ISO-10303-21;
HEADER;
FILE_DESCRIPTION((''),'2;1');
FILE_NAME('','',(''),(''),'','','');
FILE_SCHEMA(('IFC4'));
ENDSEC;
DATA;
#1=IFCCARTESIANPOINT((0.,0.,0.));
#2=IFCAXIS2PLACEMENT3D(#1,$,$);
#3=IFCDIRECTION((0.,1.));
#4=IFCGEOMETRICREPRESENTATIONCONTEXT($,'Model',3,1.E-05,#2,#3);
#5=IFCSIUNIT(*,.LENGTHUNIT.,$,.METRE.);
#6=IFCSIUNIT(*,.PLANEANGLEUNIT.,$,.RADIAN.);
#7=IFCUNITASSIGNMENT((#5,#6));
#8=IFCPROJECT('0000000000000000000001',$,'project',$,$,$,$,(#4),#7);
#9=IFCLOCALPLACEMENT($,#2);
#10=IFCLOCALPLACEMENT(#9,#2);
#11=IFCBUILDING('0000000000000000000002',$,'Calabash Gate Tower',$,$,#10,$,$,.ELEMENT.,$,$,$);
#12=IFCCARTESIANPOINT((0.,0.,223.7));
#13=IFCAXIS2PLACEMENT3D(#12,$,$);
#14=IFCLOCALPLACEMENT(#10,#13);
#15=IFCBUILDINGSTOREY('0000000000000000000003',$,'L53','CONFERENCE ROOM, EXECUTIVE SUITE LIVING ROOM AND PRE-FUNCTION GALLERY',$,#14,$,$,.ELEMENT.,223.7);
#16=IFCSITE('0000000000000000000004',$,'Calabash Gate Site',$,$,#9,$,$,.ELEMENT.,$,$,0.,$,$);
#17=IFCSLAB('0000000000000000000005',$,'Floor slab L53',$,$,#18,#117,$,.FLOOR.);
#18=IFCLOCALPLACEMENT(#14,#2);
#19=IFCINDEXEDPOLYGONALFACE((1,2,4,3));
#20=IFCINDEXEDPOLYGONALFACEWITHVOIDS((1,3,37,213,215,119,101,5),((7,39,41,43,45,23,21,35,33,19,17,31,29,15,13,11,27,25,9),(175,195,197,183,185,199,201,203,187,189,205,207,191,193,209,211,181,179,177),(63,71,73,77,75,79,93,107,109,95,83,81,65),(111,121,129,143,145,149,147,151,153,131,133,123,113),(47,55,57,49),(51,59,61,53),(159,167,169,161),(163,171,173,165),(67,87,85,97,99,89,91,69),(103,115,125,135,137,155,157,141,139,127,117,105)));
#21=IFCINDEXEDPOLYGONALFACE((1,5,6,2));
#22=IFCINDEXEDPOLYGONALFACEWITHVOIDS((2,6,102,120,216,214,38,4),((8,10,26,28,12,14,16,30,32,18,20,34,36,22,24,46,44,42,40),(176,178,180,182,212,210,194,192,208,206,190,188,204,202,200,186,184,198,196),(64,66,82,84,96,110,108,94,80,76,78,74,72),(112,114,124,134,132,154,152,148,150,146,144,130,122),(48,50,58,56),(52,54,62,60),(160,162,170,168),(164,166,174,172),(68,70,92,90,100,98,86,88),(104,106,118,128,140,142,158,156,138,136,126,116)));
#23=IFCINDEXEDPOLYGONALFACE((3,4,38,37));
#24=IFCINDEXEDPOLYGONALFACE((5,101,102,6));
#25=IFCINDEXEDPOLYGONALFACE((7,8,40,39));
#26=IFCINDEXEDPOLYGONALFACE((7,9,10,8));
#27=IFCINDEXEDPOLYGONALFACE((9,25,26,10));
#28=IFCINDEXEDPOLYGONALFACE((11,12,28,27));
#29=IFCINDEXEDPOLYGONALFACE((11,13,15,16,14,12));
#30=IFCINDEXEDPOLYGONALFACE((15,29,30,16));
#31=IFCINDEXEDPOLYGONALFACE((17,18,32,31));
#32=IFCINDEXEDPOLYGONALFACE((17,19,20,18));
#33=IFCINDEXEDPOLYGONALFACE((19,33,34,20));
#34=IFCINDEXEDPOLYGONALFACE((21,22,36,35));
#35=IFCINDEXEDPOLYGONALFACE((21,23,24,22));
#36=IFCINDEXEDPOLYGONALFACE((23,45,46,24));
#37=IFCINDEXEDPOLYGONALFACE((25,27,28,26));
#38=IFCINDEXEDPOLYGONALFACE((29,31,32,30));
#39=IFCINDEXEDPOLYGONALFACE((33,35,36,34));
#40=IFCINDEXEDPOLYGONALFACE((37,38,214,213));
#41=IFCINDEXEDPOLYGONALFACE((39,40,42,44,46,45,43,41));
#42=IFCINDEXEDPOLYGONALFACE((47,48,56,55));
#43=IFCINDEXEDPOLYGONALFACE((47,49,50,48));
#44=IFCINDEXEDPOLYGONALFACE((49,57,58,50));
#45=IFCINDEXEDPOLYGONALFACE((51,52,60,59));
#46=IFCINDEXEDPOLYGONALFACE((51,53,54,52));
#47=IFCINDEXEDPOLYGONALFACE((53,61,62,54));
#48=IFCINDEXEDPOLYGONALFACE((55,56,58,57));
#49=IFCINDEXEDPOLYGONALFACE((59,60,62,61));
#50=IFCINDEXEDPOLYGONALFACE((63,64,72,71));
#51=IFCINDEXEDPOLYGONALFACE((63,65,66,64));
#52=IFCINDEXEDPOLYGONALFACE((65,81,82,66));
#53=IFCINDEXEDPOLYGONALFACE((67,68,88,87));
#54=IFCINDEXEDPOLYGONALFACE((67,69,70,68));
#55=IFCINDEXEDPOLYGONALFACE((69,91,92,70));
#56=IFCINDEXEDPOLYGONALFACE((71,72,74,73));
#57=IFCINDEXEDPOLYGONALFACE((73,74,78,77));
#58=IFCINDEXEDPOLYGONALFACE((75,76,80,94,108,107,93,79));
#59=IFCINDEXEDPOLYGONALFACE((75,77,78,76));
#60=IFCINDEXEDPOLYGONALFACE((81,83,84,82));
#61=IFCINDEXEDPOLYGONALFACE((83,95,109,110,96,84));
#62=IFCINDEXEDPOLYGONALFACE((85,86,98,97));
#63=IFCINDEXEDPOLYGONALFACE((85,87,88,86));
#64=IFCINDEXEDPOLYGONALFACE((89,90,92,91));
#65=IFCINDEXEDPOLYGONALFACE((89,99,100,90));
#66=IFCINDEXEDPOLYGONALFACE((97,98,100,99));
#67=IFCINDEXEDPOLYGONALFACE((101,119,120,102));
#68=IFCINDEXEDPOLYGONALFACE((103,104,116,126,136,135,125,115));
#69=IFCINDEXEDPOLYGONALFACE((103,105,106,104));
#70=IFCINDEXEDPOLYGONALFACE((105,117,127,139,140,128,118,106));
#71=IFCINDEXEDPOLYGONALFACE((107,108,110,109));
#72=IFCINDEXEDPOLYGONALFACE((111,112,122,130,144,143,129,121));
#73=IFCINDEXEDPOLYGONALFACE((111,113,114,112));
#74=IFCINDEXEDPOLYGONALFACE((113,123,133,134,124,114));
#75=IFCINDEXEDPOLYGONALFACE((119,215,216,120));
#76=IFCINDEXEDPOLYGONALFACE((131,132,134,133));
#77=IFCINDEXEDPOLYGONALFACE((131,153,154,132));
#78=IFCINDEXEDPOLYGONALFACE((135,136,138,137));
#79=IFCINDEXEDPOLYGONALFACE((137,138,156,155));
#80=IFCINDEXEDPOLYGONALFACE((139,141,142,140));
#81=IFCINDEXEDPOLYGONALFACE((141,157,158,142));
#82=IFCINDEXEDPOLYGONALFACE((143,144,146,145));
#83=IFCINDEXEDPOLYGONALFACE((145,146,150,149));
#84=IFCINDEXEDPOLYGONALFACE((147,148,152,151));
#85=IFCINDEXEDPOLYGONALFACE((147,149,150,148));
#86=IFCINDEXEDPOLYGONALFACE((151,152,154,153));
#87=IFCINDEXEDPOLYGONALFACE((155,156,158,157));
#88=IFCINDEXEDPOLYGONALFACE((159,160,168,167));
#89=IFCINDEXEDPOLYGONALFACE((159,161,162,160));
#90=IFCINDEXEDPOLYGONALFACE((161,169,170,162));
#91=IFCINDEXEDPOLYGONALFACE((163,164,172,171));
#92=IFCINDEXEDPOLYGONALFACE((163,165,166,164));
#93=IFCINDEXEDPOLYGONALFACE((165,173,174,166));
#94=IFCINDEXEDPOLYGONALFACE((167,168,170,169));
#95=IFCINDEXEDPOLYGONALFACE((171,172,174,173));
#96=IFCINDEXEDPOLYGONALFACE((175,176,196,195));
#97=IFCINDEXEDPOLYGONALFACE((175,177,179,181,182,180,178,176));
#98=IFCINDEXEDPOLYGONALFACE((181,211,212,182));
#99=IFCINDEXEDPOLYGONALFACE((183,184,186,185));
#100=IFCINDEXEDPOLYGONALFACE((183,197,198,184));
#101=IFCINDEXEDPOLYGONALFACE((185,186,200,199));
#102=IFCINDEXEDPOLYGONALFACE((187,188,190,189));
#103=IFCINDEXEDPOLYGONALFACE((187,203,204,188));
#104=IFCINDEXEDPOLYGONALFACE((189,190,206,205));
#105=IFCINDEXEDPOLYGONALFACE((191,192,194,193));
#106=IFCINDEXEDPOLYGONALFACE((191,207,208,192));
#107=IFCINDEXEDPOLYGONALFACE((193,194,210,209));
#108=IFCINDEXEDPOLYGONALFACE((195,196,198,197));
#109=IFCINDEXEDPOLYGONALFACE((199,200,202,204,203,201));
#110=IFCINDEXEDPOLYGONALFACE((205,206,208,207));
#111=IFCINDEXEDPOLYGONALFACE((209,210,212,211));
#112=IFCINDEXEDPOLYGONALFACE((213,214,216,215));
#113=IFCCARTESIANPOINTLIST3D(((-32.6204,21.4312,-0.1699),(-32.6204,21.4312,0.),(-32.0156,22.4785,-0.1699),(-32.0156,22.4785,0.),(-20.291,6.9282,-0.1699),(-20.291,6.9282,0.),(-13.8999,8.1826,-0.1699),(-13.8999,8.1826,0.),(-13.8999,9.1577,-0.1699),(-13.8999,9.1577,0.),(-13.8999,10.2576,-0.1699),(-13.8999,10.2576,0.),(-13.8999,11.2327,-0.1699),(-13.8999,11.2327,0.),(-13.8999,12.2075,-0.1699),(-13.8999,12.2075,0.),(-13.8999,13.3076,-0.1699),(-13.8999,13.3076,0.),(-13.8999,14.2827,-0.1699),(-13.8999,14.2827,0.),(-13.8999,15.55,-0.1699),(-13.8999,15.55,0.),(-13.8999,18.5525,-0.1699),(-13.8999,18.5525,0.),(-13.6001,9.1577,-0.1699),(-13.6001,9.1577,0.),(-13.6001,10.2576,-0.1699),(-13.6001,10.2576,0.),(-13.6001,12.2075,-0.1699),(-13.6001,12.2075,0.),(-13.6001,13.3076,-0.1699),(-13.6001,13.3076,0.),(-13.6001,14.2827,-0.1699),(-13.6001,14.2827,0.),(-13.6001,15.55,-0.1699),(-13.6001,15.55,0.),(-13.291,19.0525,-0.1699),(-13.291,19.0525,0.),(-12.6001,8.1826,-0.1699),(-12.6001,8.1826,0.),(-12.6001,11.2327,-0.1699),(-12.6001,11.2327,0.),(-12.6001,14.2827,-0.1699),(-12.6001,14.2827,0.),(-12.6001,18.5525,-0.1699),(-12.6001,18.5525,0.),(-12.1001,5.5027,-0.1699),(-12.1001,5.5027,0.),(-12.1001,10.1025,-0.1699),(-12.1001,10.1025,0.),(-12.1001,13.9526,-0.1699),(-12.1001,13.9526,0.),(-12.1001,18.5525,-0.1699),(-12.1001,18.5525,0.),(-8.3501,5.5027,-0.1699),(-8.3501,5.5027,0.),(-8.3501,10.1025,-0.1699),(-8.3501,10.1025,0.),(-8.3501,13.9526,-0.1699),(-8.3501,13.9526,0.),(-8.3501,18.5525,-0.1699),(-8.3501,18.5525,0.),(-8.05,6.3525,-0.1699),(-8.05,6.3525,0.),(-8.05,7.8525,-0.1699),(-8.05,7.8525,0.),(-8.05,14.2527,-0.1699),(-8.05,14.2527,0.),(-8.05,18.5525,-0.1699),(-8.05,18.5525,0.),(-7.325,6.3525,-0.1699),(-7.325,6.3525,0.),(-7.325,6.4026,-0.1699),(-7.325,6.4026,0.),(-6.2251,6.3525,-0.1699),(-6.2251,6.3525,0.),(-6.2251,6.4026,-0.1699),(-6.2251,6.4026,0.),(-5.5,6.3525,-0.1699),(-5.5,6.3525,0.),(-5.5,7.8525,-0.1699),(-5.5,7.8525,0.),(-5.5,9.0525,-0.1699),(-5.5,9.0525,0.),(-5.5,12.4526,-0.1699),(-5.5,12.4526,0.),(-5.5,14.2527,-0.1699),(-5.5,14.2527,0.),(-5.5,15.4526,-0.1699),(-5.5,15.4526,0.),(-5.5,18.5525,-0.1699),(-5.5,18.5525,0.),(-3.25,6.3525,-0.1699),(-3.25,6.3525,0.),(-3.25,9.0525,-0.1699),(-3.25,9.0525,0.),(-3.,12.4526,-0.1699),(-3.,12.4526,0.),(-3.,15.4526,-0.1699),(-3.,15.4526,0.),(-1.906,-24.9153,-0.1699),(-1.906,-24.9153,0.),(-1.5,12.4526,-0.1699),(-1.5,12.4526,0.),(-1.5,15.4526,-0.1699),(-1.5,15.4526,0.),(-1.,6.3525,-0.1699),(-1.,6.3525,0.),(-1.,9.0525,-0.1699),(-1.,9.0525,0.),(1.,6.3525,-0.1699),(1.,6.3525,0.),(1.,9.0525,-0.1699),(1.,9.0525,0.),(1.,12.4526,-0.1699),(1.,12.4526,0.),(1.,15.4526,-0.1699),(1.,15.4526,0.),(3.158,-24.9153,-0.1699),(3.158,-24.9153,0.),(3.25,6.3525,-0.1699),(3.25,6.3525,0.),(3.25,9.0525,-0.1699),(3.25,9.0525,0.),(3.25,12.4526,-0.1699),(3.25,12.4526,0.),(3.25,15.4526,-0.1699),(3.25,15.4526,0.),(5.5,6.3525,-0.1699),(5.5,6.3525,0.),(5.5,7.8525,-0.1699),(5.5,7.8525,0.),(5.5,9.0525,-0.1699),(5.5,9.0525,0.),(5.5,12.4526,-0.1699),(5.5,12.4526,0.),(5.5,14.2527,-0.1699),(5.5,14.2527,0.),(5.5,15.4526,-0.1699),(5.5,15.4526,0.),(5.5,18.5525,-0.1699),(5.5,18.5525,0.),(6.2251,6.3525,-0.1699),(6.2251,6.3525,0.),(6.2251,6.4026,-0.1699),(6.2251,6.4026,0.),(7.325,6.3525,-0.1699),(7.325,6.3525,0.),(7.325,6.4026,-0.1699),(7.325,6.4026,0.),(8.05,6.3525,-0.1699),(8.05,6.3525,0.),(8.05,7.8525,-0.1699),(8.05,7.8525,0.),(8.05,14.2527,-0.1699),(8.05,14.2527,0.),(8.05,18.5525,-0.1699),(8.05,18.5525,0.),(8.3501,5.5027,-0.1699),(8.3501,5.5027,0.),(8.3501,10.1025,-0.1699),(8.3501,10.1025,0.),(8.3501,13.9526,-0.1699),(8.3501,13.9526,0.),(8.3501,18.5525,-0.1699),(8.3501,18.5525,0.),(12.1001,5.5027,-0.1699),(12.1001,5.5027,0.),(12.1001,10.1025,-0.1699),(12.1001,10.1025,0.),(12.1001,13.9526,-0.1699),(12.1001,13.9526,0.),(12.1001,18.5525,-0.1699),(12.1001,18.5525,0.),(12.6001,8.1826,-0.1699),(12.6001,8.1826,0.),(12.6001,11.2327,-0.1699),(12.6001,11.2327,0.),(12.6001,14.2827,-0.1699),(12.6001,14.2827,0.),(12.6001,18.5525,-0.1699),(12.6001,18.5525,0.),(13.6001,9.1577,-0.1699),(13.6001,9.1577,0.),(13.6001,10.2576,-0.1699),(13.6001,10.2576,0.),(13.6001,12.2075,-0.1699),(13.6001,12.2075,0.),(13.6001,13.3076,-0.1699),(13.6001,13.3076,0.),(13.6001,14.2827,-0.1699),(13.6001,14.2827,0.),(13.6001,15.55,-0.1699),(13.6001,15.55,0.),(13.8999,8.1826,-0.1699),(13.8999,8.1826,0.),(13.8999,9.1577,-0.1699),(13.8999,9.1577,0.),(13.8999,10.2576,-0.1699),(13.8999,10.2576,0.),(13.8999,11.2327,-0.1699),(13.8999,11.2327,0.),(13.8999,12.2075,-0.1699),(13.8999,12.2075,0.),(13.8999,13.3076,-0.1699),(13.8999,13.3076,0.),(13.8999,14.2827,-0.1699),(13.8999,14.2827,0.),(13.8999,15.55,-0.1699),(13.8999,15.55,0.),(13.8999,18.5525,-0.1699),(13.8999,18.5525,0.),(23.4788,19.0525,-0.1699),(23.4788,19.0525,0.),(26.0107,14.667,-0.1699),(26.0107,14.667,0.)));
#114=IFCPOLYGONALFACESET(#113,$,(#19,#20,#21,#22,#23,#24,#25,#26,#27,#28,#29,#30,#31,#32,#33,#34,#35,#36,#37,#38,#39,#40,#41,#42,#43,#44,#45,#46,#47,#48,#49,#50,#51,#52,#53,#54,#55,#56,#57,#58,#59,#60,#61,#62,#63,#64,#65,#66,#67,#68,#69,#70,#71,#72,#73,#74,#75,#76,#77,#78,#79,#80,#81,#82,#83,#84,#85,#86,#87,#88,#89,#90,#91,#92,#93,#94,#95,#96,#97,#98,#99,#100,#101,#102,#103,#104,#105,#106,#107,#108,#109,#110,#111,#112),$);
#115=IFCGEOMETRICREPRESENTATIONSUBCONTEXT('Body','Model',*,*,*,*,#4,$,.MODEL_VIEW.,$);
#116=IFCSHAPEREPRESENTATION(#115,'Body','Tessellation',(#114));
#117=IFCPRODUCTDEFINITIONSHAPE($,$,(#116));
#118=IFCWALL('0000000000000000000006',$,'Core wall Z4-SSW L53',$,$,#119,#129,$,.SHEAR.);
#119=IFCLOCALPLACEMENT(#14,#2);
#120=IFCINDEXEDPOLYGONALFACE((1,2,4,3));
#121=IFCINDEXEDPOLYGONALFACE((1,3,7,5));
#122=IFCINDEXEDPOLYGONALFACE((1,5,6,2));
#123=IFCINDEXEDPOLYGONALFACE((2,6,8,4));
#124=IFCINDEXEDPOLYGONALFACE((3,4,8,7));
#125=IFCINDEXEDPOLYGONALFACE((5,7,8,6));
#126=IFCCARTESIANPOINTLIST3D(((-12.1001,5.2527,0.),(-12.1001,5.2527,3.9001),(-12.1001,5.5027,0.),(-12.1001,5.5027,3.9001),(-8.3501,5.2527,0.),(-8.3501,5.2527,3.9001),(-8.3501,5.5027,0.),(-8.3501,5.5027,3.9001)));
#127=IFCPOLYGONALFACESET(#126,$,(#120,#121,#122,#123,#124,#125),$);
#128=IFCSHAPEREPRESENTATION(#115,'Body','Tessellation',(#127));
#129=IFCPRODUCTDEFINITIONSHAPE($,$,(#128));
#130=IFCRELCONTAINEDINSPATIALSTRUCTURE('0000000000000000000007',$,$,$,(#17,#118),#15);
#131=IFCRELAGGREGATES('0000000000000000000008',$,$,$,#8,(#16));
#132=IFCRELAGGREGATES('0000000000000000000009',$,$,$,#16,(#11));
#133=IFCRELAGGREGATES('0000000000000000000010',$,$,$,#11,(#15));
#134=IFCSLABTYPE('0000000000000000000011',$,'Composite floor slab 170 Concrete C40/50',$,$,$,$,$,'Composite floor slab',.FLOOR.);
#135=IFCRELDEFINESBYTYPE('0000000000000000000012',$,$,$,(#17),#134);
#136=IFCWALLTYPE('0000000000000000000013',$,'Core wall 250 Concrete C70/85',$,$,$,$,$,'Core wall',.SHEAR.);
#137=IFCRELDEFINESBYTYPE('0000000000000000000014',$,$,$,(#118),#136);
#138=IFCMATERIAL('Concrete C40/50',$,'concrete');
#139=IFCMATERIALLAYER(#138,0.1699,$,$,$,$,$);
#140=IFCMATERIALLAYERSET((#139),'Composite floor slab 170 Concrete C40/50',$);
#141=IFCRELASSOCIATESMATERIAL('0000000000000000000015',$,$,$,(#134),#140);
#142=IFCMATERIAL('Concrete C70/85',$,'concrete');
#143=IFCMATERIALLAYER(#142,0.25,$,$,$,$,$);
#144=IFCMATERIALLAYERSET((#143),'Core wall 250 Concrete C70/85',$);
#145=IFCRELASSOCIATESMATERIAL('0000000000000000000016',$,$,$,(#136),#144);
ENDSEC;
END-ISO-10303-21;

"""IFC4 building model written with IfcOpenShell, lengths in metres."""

from ifc_helpers import new_model, si_unit, direction, frame, frame_2d, origin, place, context, subcontext, project, spatial, polyline, rectangle, outline, extrude, material, layer, layer_set, type_object, element, save


model = new_model("IFC4")

# Units and contexts
model_context = context("Model", 3, precision=1e-05, world=origin(), true_north=direction((0.0, 1.0)))
body_context = subcontext(model_context, "Body", "Model", "MODEL_VIEW")
ifc_project = project(units=[si_unit("LENGTHUNIT", "METRE"), si_unit("PLANEANGLEUNIT", "RADIAN")], contexts=[model_context])

# Site, building, storey
site_placement = place(None, origin())
site = spatial("IfcSite", under=ifc_project, at=site_placement, Name="Calabash Gate Site", CompositionType="ELEMENT", RefElevation=0.0)
building_placement = place(site_placement, origin())
building = spatial("IfcBuilding", under=site, at=building_placement, Name="Calabash Gate Tower", CompositionType="ELEMENT")
storey_placement = place(building_placement, frame((0.0, 0.0, 223.7)))
storey = spatial("IfcBuildingStorey", under=building, at=storey_placement, Name="L53", Description="CONFERENCE ROOM, EXECUTIVE SUITE LIVING ROOM AND PRE-FUNCTION GALLERY", CompositionType="ELEMENT", Elevation=223.7)

# Slab
ifc_material_1 = material(Name="Concrete C40/50", Category="concrete")
ifc_layer_1 = layer(ifc_material_1, 0.1699)
ifc_layer_set_1 = layer_set([ifc_layer_1], Name="Composite floor slab 170 Concrete C40/50")
slab_type = type_object("IfcSlabType", Name="Composite floor slab 170 Concrete C40/50", ElementType="Composite floor slab", PredefinedType="FLOOR", material=ifc_layer_set_1)
slab_placement = place(storey_placement, frame((0.0, 0.0, -0.1699)))
element("IfcSlab", 1, at=slab_placement, inside=storey, type_object=slab_type, Name="Floor slab L53", PredefinedType="FLOOR", context=body_context, shape_type="SweptSolid", body=[
    extrude(outline(polyline([(3.158, -24.9153), (-1.906, -24.9153), (-20.291, 6.9282), (-32.6204, 21.4312), (-32.0156, 22.4785), (-13.291, 19.0525), (23.4788, 19.0525), (26.0107, 14.667), (3.158, -24.9153)]), holes=[polyline([(-7.325, 6.3525), (-7.325, 6.4026), (-6.2251, 6.4026), (-6.2251, 6.3525), (-5.5, 6.3525), (-3.25, 6.3525), (-1.0, 6.3525), (-1.0, 9.0525), (-3.25, 9.0525), (-5.5, 9.0525), (-5.5, 7.8525), (-8.05, 7.8525), (-8.05, 6.3525), (-7.325, 6.3525)]), polyline([(8.05, 6.3525), (8.05, 7.8525), (5.5, 7.8525), (5.5, 9.0525), (3.25, 9.0525), (1.0, 9.0525), (1.0, 6.3525), (3.25, 6.3525), (5.5, 6.3525), (6.2251, 6.3525), (6.2251, 6.4026), (7.325, 6.4026), (7.325, 6.3525), (8.05, 6.3525)]), polyline([(-8.05, 18.5525), (-8.05, 14.2527), (-5.5, 14.2527), (-5.5, 12.4526), (-3.0, 12.4526), (-3.0, 15.4526), (-5.5, 15.4526), (-5.5, 18.5525), (-8.05, 18.5525)]), polyline([(5.5, 14.2527), (8.05, 14.2527), (8.05, 18.5525), (5.5, 18.5525), (5.5, 15.4526), (3.25, 15.4526), (1.0, 15.4526), (-1.5, 15.4526), (-1.5, 12.4526), (1.0, 12.4526), (3.25, 12.4526), (5.5, 12.4526), (5.5, 14.2527)]), polyline([(-12.1001, 13.9526), (-8.3501, 13.9526), (-8.3501, 18.5525), (-12.1001, 18.5525), (-12.1001, 13.9526)]), polyline([(-8.3501, 5.5027), (-8.3501, 10.1025), (-12.1001, 10.1025), (-12.1001, 5.5027), (-8.3501, 5.5027)]), polyline([(12.1001, 18.5525), (8.3501, 18.5525), (8.3501, 13.9526), (12.1001, 13.9526), (12.1001, 18.5525)]), polyline([(8.3501, 10.1025), (8.3501, 5.5027), (12.1001, 5.5027), (12.1001, 10.1025), (8.3501, 10.1025)]), polyline([(-13.8999, 8.1826), (-12.6001, 8.1826), (-12.6001, 11.2327), (-12.6001, 14.2827), (-12.6001, 18.5525), (-13.8999, 18.5525), (-13.8999, 15.55), (-13.6001, 15.55), (-13.6001, 14.2827), (-13.8999, 14.2827), (-13.8999, 13.3076), (-13.6001, 13.3076), (-13.6001, 12.2075), (-13.8999, 12.2075), (-13.8999, 11.2327), (-13.8999, 10.2576), (-13.6001, 10.2576), (-13.6001, 9.1577), (-13.8999, 9.1577), (-13.8999, 8.1826)]), polyline([(13.6001, 9.1577), (13.6001, 10.2576), (13.8999, 10.2576), (13.8999, 11.2327), (13.8999, 12.2075), (13.6001, 12.2075), (13.6001, 13.3076), (13.8999, 13.3076), (13.8999, 14.2827), (13.6001, 14.2827), (13.6001, 15.55), (13.8999, 15.55), (13.8999, 18.5525), (12.6001, 18.5525), (12.6001, 14.2827), (12.6001, 11.2327), (12.6001, 8.1826), (13.8999, 8.1826), (13.8999, 9.1577), (13.6001, 9.1577)])]), origin(), (0.0, 0.0, 1.0), 0.1699),
])

# Wall
ifc_material_2 = material(Name="Concrete C70/85", Category="concrete")
ifc_layer_2 = layer(ifc_material_2, 0.25)
ifc_layer_set_2 = layer_set([ifc_layer_2], Name="Core wall 250 Concrete C70/85")
wall_type_1 = type_object("IfcWallType", Name="Core wall 250 Concrete C70/85", ElementType="Core wall", PredefinedType="SHEAR", material=ifc_layer_set_2)
wall_1_placement = place(storey_placement, frame((-12.1001, 5.3777, 0.0), z_axis=(0.0, 0.0, 1.0), x_axis=(1.0, 0.0, 0.0)))
element("IfcWall", 2, at=wall_1_placement, inside=storey, type_object=wall_type_1, Name="Core wall Z4-SSW L53", PredefinedType="SHEAR", context=body_context, shape_type="SweptSolid", body=[
    extrude(rectangle(XDim=3.75, YDim=0.25, at=frame_2d((1.875, 0.0))), origin(), (0.0, 0.0, 1.0), 3.9001),
])

save(model, "model.ifc")
